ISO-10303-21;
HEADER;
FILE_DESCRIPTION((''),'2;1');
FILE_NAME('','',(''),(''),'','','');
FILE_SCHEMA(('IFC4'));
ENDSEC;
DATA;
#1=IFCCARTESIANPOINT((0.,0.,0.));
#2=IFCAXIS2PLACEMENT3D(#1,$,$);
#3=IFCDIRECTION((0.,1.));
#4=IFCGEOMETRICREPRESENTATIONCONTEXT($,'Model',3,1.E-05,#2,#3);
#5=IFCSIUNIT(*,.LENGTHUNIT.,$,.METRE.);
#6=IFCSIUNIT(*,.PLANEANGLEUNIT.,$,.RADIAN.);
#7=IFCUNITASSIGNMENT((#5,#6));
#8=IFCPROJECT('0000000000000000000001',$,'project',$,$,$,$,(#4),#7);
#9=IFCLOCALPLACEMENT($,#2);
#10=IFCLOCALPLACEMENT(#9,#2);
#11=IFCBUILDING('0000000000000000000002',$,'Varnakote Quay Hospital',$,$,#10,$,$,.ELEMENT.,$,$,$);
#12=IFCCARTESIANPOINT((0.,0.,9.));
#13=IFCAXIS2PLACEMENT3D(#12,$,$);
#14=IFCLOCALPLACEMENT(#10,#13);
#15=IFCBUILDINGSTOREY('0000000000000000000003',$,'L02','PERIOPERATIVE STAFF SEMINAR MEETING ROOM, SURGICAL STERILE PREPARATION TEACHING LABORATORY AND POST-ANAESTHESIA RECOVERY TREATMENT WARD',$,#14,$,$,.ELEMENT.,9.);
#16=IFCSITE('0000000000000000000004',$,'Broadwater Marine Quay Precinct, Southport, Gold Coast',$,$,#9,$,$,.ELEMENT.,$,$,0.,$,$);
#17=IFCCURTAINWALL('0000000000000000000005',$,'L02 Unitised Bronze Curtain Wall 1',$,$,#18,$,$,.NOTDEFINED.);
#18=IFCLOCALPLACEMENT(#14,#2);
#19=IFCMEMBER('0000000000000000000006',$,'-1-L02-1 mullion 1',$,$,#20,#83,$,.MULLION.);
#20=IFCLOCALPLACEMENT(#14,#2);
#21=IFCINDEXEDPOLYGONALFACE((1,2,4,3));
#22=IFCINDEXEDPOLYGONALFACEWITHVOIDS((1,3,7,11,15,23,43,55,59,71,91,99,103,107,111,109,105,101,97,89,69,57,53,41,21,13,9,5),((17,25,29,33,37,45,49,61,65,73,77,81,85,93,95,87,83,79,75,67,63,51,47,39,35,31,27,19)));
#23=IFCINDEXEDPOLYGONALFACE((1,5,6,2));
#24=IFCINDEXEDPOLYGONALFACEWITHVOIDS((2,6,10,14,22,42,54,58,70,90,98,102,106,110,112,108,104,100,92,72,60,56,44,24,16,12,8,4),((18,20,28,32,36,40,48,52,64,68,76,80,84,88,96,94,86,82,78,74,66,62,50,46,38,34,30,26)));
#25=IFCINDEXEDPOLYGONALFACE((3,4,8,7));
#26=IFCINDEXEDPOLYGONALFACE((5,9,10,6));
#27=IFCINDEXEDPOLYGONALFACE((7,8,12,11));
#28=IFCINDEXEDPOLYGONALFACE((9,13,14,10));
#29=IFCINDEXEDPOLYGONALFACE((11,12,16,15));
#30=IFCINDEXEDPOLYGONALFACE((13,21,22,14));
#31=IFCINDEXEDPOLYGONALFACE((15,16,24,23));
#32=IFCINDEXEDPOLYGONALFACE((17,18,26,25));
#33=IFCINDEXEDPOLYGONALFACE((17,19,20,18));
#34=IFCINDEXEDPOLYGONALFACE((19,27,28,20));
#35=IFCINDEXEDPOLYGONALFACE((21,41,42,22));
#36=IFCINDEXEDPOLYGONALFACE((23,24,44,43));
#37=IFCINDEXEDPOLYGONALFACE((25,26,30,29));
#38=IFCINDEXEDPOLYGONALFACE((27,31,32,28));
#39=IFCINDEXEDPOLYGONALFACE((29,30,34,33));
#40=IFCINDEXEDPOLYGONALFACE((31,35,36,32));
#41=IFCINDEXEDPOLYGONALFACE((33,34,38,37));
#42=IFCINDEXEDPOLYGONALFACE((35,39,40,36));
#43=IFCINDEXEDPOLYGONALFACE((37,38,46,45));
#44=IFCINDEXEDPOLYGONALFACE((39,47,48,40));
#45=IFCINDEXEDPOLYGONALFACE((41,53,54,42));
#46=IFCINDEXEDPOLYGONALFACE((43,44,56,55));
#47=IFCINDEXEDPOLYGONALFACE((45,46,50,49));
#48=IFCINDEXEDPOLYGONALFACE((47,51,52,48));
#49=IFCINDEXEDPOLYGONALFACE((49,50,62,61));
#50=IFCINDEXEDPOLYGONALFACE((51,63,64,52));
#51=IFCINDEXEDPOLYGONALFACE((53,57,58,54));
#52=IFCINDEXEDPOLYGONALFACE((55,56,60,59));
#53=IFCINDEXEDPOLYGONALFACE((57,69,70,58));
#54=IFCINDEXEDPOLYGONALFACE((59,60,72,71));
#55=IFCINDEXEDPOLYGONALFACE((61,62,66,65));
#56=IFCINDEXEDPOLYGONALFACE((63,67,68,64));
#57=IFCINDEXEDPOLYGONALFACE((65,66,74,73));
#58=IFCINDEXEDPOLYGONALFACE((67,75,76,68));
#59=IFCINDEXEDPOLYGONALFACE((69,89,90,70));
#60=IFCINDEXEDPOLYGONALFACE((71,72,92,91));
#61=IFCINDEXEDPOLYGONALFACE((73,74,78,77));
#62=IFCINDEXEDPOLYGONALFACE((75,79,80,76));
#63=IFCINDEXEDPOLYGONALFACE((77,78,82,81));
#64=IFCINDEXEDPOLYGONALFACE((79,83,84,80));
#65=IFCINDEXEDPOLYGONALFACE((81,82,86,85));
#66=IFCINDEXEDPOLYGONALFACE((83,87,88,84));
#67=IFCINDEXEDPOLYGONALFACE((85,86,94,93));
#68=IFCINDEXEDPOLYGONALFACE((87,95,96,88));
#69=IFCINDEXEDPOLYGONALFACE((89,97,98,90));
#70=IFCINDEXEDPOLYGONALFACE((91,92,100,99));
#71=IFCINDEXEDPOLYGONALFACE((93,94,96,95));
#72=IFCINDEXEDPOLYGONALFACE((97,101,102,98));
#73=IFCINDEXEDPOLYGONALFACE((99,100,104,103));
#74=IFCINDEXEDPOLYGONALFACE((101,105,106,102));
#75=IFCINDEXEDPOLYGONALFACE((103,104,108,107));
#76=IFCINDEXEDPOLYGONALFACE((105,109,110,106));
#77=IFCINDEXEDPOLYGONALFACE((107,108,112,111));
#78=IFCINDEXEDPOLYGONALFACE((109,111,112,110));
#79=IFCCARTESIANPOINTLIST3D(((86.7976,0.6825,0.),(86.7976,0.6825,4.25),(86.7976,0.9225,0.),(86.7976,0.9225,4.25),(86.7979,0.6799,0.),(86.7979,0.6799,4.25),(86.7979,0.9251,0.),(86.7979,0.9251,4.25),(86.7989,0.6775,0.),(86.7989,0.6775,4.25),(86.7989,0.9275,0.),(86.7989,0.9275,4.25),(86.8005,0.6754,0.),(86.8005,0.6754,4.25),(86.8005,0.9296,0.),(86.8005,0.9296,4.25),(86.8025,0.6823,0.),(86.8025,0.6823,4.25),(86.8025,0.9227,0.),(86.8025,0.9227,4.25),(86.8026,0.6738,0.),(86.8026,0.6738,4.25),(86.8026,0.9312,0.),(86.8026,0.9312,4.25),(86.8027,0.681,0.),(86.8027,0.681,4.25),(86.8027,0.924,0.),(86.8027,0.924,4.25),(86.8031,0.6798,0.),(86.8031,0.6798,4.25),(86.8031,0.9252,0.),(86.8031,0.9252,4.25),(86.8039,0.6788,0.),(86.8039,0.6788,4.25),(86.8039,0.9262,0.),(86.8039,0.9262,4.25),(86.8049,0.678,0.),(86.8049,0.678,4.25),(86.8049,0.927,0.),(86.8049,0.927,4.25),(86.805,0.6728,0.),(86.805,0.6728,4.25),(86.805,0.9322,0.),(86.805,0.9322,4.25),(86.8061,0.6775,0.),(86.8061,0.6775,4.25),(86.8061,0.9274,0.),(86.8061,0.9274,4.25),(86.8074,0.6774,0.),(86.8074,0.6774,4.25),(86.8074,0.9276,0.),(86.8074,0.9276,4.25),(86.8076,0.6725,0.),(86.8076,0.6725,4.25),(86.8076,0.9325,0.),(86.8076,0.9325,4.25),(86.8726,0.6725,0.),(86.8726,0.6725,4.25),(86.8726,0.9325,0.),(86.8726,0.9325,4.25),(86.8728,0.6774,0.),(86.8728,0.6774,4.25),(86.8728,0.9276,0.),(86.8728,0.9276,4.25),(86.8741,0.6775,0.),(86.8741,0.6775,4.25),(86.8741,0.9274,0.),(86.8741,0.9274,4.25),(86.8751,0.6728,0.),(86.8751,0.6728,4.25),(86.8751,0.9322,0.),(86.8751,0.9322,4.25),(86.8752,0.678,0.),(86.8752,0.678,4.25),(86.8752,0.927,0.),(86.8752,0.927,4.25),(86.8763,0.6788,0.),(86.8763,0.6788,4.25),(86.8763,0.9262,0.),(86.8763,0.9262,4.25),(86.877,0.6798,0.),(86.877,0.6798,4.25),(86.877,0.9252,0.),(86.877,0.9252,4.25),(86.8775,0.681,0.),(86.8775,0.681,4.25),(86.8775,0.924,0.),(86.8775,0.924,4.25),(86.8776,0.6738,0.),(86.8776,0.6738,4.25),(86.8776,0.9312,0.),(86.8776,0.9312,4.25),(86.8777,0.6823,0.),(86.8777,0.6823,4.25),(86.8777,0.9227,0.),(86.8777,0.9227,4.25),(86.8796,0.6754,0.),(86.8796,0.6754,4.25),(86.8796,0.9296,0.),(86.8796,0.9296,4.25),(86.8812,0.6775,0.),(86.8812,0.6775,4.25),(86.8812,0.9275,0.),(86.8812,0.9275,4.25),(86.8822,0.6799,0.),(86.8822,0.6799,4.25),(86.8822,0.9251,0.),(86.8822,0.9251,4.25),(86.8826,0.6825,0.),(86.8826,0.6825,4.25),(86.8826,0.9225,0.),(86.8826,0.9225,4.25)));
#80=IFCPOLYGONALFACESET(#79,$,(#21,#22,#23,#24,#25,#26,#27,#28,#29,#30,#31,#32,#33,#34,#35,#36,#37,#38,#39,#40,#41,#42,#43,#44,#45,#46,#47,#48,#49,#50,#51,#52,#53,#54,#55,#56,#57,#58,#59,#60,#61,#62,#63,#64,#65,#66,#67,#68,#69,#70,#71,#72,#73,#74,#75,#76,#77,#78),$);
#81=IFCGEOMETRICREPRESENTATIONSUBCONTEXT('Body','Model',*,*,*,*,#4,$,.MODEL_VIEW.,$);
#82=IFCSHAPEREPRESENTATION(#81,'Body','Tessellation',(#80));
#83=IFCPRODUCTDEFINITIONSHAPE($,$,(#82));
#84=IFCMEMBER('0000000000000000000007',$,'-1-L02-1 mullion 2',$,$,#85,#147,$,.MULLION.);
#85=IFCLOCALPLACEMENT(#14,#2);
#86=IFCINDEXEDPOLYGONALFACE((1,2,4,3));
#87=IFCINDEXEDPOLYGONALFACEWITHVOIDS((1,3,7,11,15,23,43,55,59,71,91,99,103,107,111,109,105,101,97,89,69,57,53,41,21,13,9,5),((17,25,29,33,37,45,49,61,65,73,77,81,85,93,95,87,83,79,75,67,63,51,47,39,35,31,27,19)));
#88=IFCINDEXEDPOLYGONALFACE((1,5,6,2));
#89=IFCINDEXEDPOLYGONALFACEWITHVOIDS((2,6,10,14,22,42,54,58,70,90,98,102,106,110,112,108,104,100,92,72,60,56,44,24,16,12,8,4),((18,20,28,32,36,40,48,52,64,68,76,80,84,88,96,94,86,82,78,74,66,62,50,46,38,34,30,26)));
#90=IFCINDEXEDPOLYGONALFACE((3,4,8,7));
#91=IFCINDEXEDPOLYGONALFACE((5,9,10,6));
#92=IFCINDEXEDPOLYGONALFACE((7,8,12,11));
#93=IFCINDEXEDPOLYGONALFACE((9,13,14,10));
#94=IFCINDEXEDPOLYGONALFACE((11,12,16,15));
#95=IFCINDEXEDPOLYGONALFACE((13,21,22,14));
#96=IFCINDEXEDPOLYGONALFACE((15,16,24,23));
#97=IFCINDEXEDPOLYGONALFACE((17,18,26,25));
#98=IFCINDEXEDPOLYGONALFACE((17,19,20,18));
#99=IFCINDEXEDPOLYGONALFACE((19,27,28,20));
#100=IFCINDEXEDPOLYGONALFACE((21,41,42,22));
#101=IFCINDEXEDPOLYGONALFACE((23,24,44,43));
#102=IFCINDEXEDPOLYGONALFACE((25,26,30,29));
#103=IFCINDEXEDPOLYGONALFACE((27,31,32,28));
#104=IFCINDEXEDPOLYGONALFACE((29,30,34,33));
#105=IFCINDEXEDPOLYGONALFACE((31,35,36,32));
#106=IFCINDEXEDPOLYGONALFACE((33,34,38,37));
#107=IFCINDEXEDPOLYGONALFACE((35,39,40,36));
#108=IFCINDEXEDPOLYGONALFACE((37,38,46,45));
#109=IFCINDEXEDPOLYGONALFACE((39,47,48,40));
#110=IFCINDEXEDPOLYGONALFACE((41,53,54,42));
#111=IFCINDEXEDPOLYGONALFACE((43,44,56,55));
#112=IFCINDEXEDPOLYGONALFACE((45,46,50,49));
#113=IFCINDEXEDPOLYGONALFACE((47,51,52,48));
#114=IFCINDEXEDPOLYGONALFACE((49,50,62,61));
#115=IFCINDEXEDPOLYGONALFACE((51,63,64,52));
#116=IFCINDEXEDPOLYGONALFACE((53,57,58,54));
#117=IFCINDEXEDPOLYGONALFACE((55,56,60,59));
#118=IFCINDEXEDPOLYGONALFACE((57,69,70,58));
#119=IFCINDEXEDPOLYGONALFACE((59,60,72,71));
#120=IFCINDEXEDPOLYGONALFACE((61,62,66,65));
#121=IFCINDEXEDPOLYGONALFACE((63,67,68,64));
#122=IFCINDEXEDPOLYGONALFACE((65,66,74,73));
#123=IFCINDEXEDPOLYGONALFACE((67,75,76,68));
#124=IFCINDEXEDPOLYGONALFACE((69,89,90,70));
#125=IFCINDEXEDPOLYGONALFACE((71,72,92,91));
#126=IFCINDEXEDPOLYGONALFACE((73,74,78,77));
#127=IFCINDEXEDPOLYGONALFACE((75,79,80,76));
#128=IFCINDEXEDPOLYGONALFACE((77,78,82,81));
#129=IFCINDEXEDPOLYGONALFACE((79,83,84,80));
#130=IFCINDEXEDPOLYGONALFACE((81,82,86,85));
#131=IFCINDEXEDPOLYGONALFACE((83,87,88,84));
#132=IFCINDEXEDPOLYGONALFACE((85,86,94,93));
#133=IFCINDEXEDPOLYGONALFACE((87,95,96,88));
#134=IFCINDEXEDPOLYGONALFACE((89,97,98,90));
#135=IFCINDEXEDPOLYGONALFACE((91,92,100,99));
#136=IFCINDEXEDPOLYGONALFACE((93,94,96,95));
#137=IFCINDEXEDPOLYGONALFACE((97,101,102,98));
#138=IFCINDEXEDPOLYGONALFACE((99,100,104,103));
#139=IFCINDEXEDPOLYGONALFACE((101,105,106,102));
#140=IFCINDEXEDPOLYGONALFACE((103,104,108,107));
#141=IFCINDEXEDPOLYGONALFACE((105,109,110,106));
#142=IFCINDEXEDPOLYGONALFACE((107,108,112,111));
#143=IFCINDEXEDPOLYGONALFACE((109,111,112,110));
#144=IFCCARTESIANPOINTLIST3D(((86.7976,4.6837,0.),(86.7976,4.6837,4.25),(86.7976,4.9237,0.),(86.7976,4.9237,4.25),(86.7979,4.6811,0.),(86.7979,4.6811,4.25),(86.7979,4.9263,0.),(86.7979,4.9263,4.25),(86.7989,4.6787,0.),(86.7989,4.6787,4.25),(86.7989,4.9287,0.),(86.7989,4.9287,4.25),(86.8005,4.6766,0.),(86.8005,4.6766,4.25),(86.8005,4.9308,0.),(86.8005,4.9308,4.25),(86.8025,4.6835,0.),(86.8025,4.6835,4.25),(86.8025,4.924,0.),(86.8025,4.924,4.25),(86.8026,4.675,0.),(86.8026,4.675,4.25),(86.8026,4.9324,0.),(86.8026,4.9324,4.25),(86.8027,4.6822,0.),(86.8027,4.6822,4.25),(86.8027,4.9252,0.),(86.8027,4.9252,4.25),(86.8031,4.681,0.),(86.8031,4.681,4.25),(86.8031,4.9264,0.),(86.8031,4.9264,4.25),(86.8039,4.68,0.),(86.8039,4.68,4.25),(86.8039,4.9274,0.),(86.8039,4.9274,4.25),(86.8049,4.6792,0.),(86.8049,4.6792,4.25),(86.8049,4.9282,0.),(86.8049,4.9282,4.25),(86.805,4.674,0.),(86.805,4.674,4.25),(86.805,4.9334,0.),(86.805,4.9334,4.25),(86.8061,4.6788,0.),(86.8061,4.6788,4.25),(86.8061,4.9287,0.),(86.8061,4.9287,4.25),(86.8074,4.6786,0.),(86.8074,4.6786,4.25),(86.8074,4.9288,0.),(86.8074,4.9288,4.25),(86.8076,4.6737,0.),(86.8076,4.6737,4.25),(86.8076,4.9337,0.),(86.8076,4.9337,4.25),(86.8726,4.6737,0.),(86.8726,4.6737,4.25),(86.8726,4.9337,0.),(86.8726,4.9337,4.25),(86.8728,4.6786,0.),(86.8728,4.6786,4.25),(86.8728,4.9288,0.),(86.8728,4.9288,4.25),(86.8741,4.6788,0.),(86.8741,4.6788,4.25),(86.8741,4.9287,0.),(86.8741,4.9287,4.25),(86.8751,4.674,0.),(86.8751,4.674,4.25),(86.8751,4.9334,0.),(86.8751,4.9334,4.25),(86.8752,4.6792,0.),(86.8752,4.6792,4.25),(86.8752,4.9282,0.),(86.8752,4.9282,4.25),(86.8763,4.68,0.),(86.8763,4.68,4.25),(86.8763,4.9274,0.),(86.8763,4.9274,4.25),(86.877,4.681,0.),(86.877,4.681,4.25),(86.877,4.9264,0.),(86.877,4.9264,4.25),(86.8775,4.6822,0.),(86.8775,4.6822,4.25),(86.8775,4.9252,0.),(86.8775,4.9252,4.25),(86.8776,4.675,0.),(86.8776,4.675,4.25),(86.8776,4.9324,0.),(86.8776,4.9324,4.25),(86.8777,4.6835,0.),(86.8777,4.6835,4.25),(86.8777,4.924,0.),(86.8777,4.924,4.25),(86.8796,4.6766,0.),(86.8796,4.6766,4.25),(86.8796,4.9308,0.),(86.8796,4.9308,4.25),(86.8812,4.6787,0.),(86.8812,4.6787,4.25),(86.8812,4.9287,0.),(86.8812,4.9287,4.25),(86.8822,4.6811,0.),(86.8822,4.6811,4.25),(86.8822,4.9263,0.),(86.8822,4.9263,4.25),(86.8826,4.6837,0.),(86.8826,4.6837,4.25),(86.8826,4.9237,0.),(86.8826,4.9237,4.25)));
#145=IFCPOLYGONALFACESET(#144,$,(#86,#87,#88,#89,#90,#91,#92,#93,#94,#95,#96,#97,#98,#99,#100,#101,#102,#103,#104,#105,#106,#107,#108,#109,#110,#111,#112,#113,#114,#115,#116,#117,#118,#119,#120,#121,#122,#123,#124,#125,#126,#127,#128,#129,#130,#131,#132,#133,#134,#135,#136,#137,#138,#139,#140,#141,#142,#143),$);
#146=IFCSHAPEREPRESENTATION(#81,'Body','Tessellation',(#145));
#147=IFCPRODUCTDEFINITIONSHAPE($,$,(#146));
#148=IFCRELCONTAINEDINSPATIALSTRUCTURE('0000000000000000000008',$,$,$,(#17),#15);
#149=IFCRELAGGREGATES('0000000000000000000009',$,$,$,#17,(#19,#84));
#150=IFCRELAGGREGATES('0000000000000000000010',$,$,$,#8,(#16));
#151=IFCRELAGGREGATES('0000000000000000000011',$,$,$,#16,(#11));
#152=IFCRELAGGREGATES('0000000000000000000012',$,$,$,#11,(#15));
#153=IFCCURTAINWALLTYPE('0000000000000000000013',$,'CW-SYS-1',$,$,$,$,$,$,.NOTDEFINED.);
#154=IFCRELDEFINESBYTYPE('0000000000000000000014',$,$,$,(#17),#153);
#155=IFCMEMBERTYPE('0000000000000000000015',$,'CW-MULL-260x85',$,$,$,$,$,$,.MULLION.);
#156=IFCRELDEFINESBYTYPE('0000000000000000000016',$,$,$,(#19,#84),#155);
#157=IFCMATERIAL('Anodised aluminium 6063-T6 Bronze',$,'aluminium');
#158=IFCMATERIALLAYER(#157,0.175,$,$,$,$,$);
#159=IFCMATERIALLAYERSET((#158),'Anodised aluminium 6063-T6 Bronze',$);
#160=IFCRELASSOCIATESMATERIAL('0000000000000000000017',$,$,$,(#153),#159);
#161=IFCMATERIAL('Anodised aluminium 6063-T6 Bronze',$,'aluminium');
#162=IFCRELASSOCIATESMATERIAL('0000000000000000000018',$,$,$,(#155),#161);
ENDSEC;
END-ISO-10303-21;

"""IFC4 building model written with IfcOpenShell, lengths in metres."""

from ifc_helpers import new_model, si_unit, direction, frame, origin, origin_2d, place, context, subcontext, project, spatial, hollow_rectangle, extrude, material, layer, layer_set, material_profile, profile_set, type_object, element, aggregate, save


model = new_model("IFC4")

# Units and contexts
model_context = context("Model", 3, precision=1e-05, world=origin(), true_north=direction((0.0, 1.0)))
body_context = subcontext(model_context, "Body", "Model", "MODEL_VIEW")
ifc_project = project(units=[si_unit("LENGTHUNIT", "METRE"), si_unit("PLANEANGLEUNIT", "RADIAN")], contexts=[model_context])

# Site, building, storey
site_placement = place(None, origin())
site = spatial("IfcSite", under=ifc_project, at=site_placement, Name="Broadwater Marine Quay Precinct, Southport, Gold Coast", CompositionType="ELEMENT", RefElevation=0.0)
building_placement = place(site_placement, origin())
building = spatial("IfcBuilding", under=site, at=building_placement, Name="Varnakote Quay Hospital", CompositionType="ELEMENT")
storey_placement = place(building_placement, frame((0.0, 0.0, 9.0)))
storey = spatial("IfcBuildingStorey", under=building, at=storey_placement, Name="L02", Description="PERIOPERATIVE STAFF SEMINAR MEETING ROOM, SURGICAL STERILE PREPARATION TEACHING LABORATORY AND POST-ANAESTHESIA RECOVERY TREATMENT WARD", CompositionType="ELEMENT", Elevation=9.0)

# Curtain wall, members
ifc_material_1 = material(Name="Anodised aluminium 6063-T6 Bronze", Category="aluminium")
ifc_layer_1 = layer(ifc_material_1, 0.175)
ifc_layer_set_1 = layer_set([ifc_layer_1], Name="Anodised aluminium 6063-T6 Bronze")
curtain_wall_type = type_object("IfcCurtainWallType", Name="CW-SYS-1", PredefinedType="NOTDEFINED", material=ifc_layer_set_1)
curtain_wall_placement = place(storey_placement, origin())
curtain_wall = element("IfcCurtainWall", 1, at=curtain_wall_placement, inside=storey, type_object=curtain_wall_type, Name="L02 Unitised Bronze Curtain Wall 1", PredefinedType="NOTDEFINED")
ifc_material_2 = material(Name="Anodised aluminium 6063-T6 Bronze", Category="aluminium")
ifc_material_profile_1 = material_profile(ifc_material_2, hollow_rectangle(XDim=0.085, YDim=0.26, WallThickness=0.0049, InnerFilletRadius=0.0049, OuterFilletRadius=0.01, at=origin_2d()), Name="CW-MULL-260x85")
ifc_profile_set_1 = profile_set([ifc_material_profile_1], Name="Anodised aluminium 6063-T6 Bronze")
member_type_1 = type_object("IfcMemberType", Name="CW-MULL-260x85", PredefinedType="MULLION", material=ifc_profile_set_1)
member_1_placement = place(storey_placement, frame((86.8401, 0.8025, 0.0), z_axis=(0.0, 0.0, 1.0), x_axis=(-1.0, 0.0, 0.0)))
member_1 = element("IfcMember", 2, at=member_1_placement, type_object=member_type_1, Name="-1-L02-1 mullion 1", PredefinedType="MULLION", context=body_context, shape_type="SweptSolid", body=[
    extrude(hollow_rectangle(XDim=0.085, YDim=0.26, WallThickness=0.0049, InnerFilletRadius=0.0049, OuterFilletRadius=0.01, at=origin_2d()), origin(), (0.0, 0.0, 1.0), 4.25),
])
member_2_placement = place(storey_placement, frame((86.8401, 4.8037, 0.0), z_axis=(0.0, 0.0, 1.0), x_axis=(-1.0, 0.0, 0.0)))
member_2 = element("IfcMember", 3, at=member_2_placement, type_object=member_type_1, Name="-1-L02-1 mullion 2", PredefinedType="MULLION", context=body_context, shape_type="SweptSolid", body=[
    extrude(hollow_rectangle(XDim=0.085, YDim=0.26, WallThickness=0.0049, InnerFilletRadius=0.0049, OuterFilletRadius=0.01, at=origin_2d()), origin(), (0.0, 0.0, 1.0), 4.25),
])
aggregate(curtain_wall, [member_1, member_2])

save(model, "model.ifc")
